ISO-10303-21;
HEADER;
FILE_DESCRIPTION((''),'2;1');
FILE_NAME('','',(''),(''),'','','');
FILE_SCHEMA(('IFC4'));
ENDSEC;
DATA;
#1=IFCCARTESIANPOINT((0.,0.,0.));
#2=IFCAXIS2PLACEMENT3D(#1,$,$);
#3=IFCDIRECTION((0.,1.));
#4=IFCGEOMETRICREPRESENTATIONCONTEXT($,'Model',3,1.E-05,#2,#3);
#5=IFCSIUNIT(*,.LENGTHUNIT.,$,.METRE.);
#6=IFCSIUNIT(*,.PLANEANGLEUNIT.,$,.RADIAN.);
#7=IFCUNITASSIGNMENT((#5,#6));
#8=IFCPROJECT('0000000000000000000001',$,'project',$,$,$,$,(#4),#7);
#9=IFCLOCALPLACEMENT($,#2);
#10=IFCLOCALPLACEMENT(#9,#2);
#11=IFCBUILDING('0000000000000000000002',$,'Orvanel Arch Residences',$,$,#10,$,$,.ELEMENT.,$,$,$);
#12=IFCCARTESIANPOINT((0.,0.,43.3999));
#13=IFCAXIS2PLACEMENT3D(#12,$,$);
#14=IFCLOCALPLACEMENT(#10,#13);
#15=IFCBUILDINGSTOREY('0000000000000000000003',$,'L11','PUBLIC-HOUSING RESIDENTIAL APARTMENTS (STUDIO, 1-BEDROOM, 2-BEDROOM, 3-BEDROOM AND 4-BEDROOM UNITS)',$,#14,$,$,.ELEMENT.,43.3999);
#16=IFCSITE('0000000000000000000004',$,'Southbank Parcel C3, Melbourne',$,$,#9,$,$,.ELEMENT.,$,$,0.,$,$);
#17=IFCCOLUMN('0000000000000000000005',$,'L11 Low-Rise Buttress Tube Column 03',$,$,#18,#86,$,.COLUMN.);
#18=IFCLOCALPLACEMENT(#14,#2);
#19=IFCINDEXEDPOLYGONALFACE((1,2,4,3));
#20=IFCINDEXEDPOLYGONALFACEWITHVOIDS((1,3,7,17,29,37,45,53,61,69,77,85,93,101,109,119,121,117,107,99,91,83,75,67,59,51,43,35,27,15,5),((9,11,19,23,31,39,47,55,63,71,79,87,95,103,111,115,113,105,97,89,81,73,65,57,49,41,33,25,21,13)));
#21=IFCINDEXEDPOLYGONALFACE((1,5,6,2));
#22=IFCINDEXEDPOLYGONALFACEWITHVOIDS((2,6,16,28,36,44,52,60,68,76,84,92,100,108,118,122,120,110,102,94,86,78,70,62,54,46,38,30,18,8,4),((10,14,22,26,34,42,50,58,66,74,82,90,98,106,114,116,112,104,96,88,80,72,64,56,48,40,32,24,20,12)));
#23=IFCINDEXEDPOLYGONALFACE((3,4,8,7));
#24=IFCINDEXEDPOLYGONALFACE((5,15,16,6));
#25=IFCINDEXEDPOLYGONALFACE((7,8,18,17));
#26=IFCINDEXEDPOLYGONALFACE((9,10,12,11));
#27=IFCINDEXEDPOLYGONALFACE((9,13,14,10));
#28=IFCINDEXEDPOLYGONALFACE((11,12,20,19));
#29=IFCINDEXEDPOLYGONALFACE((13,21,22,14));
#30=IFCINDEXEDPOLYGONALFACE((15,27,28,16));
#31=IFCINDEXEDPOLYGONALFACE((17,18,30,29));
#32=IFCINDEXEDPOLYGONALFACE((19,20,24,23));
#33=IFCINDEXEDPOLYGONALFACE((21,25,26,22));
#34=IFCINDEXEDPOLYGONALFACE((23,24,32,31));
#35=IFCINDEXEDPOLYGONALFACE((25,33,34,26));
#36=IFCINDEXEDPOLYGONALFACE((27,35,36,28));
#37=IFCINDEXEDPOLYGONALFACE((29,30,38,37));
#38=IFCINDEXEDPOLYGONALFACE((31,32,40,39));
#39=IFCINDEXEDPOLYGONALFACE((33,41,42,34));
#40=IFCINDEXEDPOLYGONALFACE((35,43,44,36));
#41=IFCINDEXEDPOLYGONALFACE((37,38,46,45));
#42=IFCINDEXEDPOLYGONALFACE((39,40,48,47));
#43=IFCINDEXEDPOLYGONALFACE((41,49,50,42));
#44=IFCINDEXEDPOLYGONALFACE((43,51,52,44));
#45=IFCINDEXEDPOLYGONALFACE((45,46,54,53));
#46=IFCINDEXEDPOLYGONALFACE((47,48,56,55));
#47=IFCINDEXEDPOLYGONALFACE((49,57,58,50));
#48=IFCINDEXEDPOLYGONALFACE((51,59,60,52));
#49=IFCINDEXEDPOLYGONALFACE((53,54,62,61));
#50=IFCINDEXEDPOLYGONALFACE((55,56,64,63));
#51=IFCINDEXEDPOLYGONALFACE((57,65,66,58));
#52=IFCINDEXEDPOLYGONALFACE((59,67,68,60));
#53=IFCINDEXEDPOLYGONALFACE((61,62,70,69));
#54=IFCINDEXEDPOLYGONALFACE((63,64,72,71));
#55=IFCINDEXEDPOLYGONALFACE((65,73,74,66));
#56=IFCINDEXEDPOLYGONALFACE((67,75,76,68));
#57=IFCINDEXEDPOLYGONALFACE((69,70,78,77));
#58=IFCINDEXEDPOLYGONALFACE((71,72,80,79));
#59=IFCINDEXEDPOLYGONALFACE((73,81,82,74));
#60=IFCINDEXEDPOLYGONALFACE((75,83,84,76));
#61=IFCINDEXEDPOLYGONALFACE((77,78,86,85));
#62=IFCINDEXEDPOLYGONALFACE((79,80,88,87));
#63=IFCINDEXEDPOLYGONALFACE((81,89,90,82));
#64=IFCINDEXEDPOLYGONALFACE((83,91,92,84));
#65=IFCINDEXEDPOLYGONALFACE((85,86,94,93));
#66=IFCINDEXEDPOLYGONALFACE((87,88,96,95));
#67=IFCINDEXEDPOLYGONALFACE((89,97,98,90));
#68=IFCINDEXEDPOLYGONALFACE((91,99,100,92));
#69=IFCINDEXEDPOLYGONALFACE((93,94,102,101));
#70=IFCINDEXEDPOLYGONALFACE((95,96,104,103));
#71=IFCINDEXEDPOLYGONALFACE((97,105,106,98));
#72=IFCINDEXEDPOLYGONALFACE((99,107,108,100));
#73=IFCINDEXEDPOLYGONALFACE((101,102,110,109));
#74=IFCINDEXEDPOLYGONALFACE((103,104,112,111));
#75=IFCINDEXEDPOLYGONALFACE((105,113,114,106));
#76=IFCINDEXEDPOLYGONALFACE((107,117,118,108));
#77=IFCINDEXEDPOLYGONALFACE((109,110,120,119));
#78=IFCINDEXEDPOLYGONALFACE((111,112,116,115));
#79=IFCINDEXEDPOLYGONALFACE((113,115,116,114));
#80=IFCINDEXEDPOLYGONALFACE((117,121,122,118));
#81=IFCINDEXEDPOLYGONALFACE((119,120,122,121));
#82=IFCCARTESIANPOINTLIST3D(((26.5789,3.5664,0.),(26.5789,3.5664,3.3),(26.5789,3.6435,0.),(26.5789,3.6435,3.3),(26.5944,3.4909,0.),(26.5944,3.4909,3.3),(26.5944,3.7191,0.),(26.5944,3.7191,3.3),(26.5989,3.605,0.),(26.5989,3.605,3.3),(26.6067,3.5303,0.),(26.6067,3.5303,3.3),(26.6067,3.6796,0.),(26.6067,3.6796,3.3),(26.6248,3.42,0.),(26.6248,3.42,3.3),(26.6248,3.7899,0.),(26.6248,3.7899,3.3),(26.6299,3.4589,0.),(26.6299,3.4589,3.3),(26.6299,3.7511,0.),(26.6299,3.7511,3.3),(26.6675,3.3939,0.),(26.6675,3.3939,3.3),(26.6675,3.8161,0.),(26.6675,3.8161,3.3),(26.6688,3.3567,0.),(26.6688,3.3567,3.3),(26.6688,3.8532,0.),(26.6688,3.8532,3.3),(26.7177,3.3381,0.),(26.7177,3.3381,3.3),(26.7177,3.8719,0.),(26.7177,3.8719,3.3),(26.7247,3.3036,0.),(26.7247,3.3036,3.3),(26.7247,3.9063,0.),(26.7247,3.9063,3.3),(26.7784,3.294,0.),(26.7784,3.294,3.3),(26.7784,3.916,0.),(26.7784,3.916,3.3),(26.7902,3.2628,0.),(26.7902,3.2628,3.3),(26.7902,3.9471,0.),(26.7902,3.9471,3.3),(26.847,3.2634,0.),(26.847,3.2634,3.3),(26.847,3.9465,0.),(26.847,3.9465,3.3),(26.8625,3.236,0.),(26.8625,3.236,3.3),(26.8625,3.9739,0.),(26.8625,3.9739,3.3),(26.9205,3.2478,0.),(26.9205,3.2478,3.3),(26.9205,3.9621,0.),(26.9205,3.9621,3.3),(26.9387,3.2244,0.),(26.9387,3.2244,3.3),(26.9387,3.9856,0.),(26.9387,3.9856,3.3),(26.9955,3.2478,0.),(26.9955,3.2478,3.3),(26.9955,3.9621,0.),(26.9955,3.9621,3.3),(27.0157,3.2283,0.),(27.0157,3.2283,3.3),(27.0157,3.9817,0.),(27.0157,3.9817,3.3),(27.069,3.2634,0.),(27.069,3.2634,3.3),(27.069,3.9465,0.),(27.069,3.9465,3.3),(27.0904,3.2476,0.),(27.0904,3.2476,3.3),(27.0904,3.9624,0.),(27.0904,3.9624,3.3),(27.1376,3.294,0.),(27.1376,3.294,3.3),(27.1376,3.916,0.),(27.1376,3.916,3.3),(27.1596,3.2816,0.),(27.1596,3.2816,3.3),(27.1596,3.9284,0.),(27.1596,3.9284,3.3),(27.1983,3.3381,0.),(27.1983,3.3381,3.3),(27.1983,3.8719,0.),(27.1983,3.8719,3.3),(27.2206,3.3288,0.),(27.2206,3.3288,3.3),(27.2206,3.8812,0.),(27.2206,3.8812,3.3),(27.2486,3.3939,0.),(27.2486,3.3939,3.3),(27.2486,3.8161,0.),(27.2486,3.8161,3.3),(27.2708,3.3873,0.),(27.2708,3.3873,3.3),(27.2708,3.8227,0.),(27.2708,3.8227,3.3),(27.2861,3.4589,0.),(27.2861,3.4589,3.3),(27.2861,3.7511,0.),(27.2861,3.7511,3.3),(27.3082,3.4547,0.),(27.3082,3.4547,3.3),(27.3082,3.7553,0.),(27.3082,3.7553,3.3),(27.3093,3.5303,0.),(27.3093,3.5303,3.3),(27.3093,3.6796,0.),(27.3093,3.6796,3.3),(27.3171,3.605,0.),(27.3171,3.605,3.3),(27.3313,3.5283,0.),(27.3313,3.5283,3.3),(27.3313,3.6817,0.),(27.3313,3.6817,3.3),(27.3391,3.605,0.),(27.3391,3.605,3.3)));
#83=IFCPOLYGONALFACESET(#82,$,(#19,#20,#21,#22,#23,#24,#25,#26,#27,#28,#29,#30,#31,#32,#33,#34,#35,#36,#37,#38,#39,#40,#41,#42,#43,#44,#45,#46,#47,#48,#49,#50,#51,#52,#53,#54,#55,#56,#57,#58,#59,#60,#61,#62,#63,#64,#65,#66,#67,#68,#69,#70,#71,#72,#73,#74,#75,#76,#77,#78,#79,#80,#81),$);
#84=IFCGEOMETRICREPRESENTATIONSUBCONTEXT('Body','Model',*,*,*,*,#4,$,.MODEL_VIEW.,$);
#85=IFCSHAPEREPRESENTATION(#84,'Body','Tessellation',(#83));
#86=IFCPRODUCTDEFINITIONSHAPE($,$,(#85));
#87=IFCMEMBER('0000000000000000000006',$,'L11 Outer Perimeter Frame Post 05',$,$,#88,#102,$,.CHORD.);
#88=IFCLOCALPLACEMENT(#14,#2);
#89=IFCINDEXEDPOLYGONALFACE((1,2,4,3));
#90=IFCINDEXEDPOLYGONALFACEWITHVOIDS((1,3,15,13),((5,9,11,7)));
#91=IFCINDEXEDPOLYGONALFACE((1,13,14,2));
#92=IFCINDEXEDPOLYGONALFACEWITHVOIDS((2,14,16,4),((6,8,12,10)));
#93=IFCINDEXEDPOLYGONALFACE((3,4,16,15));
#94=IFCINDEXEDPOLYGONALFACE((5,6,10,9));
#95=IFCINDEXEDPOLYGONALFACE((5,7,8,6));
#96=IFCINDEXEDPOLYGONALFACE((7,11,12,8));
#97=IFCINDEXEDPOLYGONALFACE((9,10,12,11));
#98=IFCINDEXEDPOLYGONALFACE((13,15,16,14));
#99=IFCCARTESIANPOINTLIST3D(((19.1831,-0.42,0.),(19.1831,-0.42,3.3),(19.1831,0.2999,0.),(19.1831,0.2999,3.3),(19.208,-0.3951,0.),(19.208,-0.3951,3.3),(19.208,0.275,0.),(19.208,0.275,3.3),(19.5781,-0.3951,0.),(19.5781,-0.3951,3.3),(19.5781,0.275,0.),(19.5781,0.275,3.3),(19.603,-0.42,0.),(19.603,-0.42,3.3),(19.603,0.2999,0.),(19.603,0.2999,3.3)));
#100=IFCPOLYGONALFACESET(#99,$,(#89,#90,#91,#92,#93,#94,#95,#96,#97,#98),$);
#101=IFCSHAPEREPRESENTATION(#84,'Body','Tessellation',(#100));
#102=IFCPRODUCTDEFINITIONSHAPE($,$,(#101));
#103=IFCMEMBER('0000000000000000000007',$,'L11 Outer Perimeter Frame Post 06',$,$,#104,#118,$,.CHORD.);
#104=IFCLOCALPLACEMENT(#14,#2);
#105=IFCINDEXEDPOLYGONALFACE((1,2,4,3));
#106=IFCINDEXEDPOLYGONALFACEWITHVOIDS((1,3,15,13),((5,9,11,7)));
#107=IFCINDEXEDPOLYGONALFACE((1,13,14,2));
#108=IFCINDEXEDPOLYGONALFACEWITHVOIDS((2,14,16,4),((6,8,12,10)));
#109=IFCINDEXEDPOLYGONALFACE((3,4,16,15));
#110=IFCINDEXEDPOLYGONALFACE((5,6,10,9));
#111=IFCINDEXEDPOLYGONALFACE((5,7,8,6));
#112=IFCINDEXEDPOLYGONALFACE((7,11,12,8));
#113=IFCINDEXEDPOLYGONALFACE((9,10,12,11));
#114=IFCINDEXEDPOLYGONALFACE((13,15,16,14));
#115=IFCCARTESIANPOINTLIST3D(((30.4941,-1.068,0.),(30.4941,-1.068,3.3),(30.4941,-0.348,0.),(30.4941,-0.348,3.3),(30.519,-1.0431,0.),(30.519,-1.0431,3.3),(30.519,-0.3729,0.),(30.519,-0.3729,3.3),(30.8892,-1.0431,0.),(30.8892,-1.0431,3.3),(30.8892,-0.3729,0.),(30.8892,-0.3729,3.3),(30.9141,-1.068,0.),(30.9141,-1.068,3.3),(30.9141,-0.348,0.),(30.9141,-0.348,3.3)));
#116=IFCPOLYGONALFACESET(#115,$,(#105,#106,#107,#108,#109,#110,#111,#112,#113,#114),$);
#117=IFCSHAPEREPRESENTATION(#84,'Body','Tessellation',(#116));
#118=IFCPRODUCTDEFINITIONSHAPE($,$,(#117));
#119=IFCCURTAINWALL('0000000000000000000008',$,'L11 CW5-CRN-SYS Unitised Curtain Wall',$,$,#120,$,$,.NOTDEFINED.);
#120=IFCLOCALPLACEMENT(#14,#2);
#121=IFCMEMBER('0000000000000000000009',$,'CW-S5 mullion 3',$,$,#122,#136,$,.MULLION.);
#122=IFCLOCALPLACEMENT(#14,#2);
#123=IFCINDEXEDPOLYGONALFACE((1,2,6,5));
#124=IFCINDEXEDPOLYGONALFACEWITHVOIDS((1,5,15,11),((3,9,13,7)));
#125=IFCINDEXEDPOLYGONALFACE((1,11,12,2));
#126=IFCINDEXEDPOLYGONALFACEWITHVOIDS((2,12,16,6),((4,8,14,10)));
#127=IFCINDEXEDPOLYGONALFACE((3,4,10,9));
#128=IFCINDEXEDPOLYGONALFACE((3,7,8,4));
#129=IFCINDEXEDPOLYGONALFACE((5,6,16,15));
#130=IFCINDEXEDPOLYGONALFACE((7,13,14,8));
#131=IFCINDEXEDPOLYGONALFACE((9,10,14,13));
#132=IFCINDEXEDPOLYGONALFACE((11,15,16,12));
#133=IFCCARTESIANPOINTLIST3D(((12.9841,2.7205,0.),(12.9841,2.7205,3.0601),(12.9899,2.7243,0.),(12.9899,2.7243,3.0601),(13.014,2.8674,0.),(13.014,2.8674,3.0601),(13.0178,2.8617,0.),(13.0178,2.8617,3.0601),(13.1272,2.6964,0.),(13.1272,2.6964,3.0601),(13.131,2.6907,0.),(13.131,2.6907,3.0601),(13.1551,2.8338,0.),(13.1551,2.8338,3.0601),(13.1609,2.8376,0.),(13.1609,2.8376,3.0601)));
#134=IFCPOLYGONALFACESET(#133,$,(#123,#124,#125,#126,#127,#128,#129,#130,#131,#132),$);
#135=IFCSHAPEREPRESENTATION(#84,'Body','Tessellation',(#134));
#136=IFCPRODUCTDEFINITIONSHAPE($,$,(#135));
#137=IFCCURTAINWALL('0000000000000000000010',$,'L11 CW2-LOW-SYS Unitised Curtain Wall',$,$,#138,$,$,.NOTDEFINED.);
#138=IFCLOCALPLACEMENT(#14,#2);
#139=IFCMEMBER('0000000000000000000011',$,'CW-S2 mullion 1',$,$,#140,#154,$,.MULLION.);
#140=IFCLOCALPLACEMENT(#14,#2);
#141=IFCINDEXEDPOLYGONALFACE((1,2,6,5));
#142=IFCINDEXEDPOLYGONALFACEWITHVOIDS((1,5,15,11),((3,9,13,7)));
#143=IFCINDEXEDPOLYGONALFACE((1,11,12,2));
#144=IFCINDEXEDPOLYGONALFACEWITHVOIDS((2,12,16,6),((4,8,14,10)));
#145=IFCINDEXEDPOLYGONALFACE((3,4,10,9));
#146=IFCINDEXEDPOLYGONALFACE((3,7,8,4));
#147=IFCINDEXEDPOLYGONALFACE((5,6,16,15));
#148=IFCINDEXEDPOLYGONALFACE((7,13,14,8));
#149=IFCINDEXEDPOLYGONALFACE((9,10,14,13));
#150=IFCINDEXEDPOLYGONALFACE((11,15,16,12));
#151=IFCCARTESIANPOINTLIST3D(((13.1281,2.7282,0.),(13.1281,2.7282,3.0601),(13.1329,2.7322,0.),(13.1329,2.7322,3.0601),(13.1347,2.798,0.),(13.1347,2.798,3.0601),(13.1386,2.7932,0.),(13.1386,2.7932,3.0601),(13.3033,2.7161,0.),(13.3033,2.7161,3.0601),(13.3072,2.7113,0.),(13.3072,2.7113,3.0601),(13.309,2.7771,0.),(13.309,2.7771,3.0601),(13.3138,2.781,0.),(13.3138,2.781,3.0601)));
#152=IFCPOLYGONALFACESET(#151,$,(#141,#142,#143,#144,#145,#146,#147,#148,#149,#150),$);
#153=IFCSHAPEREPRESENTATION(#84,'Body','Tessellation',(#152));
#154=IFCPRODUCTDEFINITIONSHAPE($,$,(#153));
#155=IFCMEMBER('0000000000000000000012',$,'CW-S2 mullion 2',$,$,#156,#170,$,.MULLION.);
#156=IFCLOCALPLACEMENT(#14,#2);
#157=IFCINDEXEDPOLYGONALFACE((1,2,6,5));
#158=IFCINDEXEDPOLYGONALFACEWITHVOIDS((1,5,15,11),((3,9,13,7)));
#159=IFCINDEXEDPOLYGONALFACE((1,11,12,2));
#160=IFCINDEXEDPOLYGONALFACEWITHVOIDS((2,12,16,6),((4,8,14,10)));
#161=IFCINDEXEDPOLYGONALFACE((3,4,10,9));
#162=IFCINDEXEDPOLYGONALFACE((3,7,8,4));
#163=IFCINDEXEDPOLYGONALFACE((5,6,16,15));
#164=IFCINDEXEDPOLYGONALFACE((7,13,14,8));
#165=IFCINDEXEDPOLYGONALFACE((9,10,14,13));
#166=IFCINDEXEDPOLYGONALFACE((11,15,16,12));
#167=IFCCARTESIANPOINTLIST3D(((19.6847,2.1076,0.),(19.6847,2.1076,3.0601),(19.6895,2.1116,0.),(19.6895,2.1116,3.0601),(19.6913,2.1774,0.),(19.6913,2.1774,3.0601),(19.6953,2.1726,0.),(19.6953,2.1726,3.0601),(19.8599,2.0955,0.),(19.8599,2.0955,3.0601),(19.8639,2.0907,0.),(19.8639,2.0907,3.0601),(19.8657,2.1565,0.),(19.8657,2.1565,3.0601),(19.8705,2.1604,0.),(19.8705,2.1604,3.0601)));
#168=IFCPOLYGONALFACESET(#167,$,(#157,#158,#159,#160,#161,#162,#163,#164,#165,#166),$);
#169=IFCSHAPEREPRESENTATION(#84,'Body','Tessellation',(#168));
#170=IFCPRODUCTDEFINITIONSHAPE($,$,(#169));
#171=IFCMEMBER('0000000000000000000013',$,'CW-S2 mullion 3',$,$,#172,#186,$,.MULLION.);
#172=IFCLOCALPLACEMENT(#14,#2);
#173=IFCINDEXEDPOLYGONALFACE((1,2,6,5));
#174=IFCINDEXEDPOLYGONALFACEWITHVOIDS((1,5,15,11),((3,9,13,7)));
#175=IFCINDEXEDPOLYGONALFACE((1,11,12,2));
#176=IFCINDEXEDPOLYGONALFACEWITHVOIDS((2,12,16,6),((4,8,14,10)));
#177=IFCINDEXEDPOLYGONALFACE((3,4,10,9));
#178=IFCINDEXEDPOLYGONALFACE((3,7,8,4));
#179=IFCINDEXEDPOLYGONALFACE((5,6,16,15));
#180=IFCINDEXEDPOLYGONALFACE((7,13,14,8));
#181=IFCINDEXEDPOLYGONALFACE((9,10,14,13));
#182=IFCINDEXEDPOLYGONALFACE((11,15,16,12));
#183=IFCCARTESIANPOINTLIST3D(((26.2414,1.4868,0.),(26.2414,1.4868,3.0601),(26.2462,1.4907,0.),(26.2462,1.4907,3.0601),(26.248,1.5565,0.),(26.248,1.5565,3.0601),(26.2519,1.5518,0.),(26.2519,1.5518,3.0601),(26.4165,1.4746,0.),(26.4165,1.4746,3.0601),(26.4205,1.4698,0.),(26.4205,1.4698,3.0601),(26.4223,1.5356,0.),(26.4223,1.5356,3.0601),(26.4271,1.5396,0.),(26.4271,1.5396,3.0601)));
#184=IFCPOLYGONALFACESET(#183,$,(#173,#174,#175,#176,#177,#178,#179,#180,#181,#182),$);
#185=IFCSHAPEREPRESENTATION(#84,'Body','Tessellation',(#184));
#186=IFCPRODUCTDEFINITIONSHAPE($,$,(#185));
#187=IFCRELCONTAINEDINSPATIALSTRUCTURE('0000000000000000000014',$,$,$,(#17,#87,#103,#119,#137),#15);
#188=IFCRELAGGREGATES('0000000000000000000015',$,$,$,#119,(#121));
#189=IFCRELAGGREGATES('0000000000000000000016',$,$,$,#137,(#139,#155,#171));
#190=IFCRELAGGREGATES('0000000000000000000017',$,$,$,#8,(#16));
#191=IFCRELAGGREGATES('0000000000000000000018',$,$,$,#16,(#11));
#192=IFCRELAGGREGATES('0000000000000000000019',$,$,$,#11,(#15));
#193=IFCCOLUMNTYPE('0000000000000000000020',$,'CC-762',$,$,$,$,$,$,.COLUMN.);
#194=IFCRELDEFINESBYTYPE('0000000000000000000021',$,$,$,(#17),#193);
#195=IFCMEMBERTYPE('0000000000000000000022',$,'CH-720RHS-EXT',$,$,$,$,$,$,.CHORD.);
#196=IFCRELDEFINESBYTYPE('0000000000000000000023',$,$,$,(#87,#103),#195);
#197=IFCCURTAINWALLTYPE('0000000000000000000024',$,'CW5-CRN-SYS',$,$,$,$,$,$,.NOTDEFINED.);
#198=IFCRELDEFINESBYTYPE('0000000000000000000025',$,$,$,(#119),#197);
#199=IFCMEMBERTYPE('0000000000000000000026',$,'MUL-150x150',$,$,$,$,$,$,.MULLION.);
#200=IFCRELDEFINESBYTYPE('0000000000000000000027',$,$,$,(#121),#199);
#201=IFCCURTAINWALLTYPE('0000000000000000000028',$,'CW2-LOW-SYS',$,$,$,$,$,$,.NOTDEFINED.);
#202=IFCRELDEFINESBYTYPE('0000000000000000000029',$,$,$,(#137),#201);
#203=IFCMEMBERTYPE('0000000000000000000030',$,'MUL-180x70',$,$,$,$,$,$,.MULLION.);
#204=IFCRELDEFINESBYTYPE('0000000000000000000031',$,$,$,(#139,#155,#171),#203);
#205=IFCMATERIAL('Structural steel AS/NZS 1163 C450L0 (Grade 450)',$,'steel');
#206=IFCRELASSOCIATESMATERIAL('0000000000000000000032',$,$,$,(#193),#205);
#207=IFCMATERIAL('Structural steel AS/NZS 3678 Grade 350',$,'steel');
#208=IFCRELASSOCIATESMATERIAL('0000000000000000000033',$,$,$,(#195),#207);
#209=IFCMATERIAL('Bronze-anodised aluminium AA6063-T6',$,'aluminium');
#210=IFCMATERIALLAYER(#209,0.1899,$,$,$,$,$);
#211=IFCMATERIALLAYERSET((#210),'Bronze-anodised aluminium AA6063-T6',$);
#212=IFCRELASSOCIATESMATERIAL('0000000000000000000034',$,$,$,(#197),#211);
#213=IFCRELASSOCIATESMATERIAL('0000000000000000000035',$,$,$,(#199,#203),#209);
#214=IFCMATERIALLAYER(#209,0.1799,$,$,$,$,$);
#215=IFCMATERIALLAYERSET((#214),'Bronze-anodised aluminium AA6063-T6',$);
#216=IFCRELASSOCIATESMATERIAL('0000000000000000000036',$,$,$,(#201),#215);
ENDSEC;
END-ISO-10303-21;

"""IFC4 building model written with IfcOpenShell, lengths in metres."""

from ifc_helpers import new_model, si_unit, direction, frame, origin, origin_2d, place, context, subcontext, project, spatial, hollow_rectangle, hollow_circle, extrude, material, layer, layer_set, material_profile, profile_set, type_object, element, aggregate, save


model = new_model("IFC4")

# Units and contexts
model_context = context("Model", 3, precision=1e-05, world=origin(), true_north=direction((0.0, 1.0)))
body_context = subcontext(model_context, "Body", "Model", "MODEL_VIEW")
ifc_project = project(units=[si_unit("LENGTHUNIT", "METRE"), si_unit("PLANEANGLEUNIT", "RADIAN")], contexts=[model_context])

# Site, building, storey
site_placement = place(None, origin())
site = spatial("IfcSite", under=ifc_project, at=site_placement, Name="Southbank Parcel C3, Melbourne", CompositionType="ELEMENT", RefElevation=0.0)
building_placement = place(site_placement, origin())
building = spatial("IfcBuilding", under=site, at=building_placement, Name="Orvanel Arch Residences", CompositionType="ELEMENT")
storey_placement = place(building_placement, frame((0.0, 0.0, 43.3999)))
storey = spatial("IfcBuildingStorey", under=building, at=storey_placement, Name="L11", Description="PUBLIC-HOUSING RESIDENTIAL APARTMENTS (STUDIO, 1-BEDROOM, 2-BEDROOM, 3-BEDROOM AND 4-BEDROOM UNITS)", CompositionType="ELEMENT", Elevation=43.3999)

# Column
ifc_material_1 = material(Name="Structural steel AS/NZS 1163 C450L0 (Grade 450)", Category="steel")
ifc_material_profile_1 = material_profile(ifc_material_1, hollow_circle(Radius=0.3811, WallThickness=0.022, at=origin_2d()), Name="CHS762x22")
ifc_profile_set_1 = profile_set([ifc_material_profile_1], Name="Structural steel AS/NZS 1163 C450L0 (Grade 450)")
column_type = type_object("IfcColumnType", Name="CC-762", PredefinedType="COLUMN", material=ifc_profile_set_1)
column_placement = place(storey_placement, frame((26.958, 3.605, 0.0), z_axis=(0.0, 0.0, 1.0), x_axis=(1.0, 0.0, 0.0)))
element("IfcColumn", 1, at=column_placement, inside=storey, type_object=column_type, Name="L11 Low-Rise Buttress Tube Column 03", PredefinedType="COLUMN", context=body_context, shape_type="SweptSolid", body=[
    extrude(hollow_circle(Radius=0.3811, WallThickness=0.022, at=origin_2d()), origin(), (0.0, 0.0, 1.0), 3.3),
])

# Members
ifc_material_2 = material(Name="Structural steel AS/NZS 3678 Grade 350", Category="steel")
ifc_material_profile_2 = material_profile(ifc_material_2, hollow_rectangle(XDim=0.4199, YDim=0.72, WallThickness=0.0249, at=origin_2d()), Name="RHS720x420x25")
ifc_profile_set_2 = profile_set([ifc_material_profile_2], Name="Structural steel AS/NZS 3678 Grade 350")
member_type_1 = type_object("IfcMemberType", Name="CH-720RHS-EXT", PredefinedType="CHORD", material=ifc_profile_set_2)
for number, where, z_axis, x_axis, name in (
    (2, (19.3931, -0.0601, 0.0), (0.0, 0.0, 1.0), (1.0, 0.0, 0.0), "L11 Outer Perimeter Frame Post 05"),
    (3, (30.7041, -0.708, 0.0), (0.0, 0.0, 1.0), (1.0, 0.0, 0.0), "L11 Outer Perimeter Frame Post 06"),
):
    element("IfcMember", number, at=place(storey_placement, frame(where, z_axis=z_axis, x_axis=x_axis)), inside=storey, type_object=member_type_1, Name=name, PredefinedType="CHORD", context=body_context, shape_type="SweptSolid", body=[
        extrude(hollow_rectangle(XDim=0.4199, YDim=0.72, WallThickness=0.0249, at=origin_2d()), origin(), (0.0, 0.0, 1.0), 3.3),
    ])

# Curtain wall, member
ifc_material_3 = material(Name="Bronze-anodised aluminium AA6063-T6", Category="aluminium")
ifc_layer_1 = layer(ifc_material_3, 0.1899)
ifc_layer_set_1 = layer_set([ifc_layer_1], Name="Bronze-anodised aluminium AA6063-T6")
curtain_wall_type_1 = type_object("IfcCurtainWallType", Name="CW5-CRN-SYS", PredefinedType="NOTDEFINED", material=ifc_layer_set_1)
curtain_wall_1_placement = place(storey_placement, origin())
curtain_wall_1 = element("IfcCurtainWall", 4, at=curtain_wall_1_placement, inside=storey, type_object=curtain_wall_type_1, Name="L11 CW5-CRN-SYS Unitised Curtain Wall", PredefinedType="NOTDEFINED")
ifc_material_profile_3 = material_profile(ifc_material_3, hollow_rectangle(XDim=0.1499, YDim=0.1499, WallThickness=0.0049, at=origin_2d()), Name="ALU150x150x5")
ifc_profile_set_3 = profile_set([ifc_material_profile_3], Name="Bronze-anodised aluminium AA6063-T6")
member_type_2 = type_object("IfcMemberType", Name="MUL-150x150", PredefinedType="MULLION", material=ifc_profile_set_3)
member_1_placement = place(storey_placement, frame((13.0725, 2.7791, 0.0), z_axis=(0.0, 0.0, 1.0), x_axis=(0.199179, 0.979963, 0.0)))
member_1 = element("IfcMember", 5, at=member_1_placement, type_object=member_type_2, Name="CW-S5 mullion 3", PredefinedType="MULLION", context=body_context, shape_type="SweptSolid", body=[
    extrude(hollow_rectangle(XDim=0.1499, YDim=0.1499, WallThickness=0.0049, at=origin_2d()), origin(), (0.0, 0.0, 1.0), 3.0601),
])
aggregate(curtain_wall_1, [member_1])

# Curtain wall, members
ifc_layer_2 = layer(ifc_material_3, 0.1799)
ifc_layer_set_2 = layer_set([ifc_layer_2], Name="Bronze-anodised aluminium AA6063-T6")
curtain_wall_type_2 = type_object("IfcCurtainWallType", Name="CW2-LOW-SYS", PredefinedType="NOTDEFINED", material=ifc_layer_set_2)
curtain_wall_2_placement = place(storey_placement, origin())
curtain_wall_2 = element("IfcCurtainWall", 6, at=curtain_wall_2_placement, inside=storey, type_object=curtain_wall_type_2, Name="L11 CW2-LOW-SYS Unitised Curtain Wall", PredefinedType="NOTDEFINED")
ifc_material_profile_4 = material_profile(ifc_material_3, hollow_rectangle(XDim=0.0701, YDim=0.1799, WallThickness=0.0044, at=origin_2d()), Name="ALU180x70x4.5")
ifc_profile_set_4 = profile_set([ifc_material_profile_4], Name="Bronze-anodised aluminium AA6063-T6")
member_type_3 = type_object("IfcMemberType", Name="MUL-180x70", PredefinedType="MULLION", material=ifc_profile_set_4)
member_2_placement = place(storey_placement, frame((13.2209, 2.7546, 0.0), z_axis=(0.0, 0.0, 1.0), x_axis=(0.094246, 0.995549, 0.0)))
member_2 = element("IfcMember", 7, at=member_2_placement, type_object=member_type_3, Name="CW-S2 mullion 1", PredefinedType="MULLION", context=body_context, shape_type="SweptSolid", body=[
    extrude(hollow_rectangle(XDim=0.0701, YDim=0.1799, WallThickness=0.0044, at=origin_2d()), origin(), (0.0, 0.0, 1.0), 3.0601),
])
member_3_placement = place(storey_placement, frame((19.7776, 2.134, 0.0), z_axis=(0.0, 0.0, 1.0), x_axis=(0.094246, 0.995549, 0.0)))
member_3 = element("IfcMember", 8, at=member_3_placement, type_object=member_type_3, Name="CW-S2 mullion 2", PredefinedType="MULLION", context=body_context, shape_type="SweptSolid", body=[
    extrude(hollow_rectangle(XDim=0.0701, YDim=0.1799, WallThickness=0.0044, at=origin_2d()), origin(), (0.0, 0.0, 1.0), 3.0601),
])
member_4_placement = place(storey_placement, frame((26.3342, 1.5132, 0.0), z_axis=(0.0, 0.0, 1.0), x_axis=(0.094246, 0.995549, 0.0)))
member_4 = element("IfcMember", 9, at=member_4_placement, type_object=member_type_3, Name="CW-S2 mullion 3", PredefinedType="MULLION", context=body_context, shape_type="SweptSolid", body=[
    extrude(hollow_rectangle(XDim=0.0701, YDim=0.1799, WallThickness=0.0044, at=origin_2d()), origin(), (0.0, 0.0, 1.0), 3.0601),
])

aggregate(curtain_wall_2, [member_2, member_3, member_4])

save(model, "model.ifc")
